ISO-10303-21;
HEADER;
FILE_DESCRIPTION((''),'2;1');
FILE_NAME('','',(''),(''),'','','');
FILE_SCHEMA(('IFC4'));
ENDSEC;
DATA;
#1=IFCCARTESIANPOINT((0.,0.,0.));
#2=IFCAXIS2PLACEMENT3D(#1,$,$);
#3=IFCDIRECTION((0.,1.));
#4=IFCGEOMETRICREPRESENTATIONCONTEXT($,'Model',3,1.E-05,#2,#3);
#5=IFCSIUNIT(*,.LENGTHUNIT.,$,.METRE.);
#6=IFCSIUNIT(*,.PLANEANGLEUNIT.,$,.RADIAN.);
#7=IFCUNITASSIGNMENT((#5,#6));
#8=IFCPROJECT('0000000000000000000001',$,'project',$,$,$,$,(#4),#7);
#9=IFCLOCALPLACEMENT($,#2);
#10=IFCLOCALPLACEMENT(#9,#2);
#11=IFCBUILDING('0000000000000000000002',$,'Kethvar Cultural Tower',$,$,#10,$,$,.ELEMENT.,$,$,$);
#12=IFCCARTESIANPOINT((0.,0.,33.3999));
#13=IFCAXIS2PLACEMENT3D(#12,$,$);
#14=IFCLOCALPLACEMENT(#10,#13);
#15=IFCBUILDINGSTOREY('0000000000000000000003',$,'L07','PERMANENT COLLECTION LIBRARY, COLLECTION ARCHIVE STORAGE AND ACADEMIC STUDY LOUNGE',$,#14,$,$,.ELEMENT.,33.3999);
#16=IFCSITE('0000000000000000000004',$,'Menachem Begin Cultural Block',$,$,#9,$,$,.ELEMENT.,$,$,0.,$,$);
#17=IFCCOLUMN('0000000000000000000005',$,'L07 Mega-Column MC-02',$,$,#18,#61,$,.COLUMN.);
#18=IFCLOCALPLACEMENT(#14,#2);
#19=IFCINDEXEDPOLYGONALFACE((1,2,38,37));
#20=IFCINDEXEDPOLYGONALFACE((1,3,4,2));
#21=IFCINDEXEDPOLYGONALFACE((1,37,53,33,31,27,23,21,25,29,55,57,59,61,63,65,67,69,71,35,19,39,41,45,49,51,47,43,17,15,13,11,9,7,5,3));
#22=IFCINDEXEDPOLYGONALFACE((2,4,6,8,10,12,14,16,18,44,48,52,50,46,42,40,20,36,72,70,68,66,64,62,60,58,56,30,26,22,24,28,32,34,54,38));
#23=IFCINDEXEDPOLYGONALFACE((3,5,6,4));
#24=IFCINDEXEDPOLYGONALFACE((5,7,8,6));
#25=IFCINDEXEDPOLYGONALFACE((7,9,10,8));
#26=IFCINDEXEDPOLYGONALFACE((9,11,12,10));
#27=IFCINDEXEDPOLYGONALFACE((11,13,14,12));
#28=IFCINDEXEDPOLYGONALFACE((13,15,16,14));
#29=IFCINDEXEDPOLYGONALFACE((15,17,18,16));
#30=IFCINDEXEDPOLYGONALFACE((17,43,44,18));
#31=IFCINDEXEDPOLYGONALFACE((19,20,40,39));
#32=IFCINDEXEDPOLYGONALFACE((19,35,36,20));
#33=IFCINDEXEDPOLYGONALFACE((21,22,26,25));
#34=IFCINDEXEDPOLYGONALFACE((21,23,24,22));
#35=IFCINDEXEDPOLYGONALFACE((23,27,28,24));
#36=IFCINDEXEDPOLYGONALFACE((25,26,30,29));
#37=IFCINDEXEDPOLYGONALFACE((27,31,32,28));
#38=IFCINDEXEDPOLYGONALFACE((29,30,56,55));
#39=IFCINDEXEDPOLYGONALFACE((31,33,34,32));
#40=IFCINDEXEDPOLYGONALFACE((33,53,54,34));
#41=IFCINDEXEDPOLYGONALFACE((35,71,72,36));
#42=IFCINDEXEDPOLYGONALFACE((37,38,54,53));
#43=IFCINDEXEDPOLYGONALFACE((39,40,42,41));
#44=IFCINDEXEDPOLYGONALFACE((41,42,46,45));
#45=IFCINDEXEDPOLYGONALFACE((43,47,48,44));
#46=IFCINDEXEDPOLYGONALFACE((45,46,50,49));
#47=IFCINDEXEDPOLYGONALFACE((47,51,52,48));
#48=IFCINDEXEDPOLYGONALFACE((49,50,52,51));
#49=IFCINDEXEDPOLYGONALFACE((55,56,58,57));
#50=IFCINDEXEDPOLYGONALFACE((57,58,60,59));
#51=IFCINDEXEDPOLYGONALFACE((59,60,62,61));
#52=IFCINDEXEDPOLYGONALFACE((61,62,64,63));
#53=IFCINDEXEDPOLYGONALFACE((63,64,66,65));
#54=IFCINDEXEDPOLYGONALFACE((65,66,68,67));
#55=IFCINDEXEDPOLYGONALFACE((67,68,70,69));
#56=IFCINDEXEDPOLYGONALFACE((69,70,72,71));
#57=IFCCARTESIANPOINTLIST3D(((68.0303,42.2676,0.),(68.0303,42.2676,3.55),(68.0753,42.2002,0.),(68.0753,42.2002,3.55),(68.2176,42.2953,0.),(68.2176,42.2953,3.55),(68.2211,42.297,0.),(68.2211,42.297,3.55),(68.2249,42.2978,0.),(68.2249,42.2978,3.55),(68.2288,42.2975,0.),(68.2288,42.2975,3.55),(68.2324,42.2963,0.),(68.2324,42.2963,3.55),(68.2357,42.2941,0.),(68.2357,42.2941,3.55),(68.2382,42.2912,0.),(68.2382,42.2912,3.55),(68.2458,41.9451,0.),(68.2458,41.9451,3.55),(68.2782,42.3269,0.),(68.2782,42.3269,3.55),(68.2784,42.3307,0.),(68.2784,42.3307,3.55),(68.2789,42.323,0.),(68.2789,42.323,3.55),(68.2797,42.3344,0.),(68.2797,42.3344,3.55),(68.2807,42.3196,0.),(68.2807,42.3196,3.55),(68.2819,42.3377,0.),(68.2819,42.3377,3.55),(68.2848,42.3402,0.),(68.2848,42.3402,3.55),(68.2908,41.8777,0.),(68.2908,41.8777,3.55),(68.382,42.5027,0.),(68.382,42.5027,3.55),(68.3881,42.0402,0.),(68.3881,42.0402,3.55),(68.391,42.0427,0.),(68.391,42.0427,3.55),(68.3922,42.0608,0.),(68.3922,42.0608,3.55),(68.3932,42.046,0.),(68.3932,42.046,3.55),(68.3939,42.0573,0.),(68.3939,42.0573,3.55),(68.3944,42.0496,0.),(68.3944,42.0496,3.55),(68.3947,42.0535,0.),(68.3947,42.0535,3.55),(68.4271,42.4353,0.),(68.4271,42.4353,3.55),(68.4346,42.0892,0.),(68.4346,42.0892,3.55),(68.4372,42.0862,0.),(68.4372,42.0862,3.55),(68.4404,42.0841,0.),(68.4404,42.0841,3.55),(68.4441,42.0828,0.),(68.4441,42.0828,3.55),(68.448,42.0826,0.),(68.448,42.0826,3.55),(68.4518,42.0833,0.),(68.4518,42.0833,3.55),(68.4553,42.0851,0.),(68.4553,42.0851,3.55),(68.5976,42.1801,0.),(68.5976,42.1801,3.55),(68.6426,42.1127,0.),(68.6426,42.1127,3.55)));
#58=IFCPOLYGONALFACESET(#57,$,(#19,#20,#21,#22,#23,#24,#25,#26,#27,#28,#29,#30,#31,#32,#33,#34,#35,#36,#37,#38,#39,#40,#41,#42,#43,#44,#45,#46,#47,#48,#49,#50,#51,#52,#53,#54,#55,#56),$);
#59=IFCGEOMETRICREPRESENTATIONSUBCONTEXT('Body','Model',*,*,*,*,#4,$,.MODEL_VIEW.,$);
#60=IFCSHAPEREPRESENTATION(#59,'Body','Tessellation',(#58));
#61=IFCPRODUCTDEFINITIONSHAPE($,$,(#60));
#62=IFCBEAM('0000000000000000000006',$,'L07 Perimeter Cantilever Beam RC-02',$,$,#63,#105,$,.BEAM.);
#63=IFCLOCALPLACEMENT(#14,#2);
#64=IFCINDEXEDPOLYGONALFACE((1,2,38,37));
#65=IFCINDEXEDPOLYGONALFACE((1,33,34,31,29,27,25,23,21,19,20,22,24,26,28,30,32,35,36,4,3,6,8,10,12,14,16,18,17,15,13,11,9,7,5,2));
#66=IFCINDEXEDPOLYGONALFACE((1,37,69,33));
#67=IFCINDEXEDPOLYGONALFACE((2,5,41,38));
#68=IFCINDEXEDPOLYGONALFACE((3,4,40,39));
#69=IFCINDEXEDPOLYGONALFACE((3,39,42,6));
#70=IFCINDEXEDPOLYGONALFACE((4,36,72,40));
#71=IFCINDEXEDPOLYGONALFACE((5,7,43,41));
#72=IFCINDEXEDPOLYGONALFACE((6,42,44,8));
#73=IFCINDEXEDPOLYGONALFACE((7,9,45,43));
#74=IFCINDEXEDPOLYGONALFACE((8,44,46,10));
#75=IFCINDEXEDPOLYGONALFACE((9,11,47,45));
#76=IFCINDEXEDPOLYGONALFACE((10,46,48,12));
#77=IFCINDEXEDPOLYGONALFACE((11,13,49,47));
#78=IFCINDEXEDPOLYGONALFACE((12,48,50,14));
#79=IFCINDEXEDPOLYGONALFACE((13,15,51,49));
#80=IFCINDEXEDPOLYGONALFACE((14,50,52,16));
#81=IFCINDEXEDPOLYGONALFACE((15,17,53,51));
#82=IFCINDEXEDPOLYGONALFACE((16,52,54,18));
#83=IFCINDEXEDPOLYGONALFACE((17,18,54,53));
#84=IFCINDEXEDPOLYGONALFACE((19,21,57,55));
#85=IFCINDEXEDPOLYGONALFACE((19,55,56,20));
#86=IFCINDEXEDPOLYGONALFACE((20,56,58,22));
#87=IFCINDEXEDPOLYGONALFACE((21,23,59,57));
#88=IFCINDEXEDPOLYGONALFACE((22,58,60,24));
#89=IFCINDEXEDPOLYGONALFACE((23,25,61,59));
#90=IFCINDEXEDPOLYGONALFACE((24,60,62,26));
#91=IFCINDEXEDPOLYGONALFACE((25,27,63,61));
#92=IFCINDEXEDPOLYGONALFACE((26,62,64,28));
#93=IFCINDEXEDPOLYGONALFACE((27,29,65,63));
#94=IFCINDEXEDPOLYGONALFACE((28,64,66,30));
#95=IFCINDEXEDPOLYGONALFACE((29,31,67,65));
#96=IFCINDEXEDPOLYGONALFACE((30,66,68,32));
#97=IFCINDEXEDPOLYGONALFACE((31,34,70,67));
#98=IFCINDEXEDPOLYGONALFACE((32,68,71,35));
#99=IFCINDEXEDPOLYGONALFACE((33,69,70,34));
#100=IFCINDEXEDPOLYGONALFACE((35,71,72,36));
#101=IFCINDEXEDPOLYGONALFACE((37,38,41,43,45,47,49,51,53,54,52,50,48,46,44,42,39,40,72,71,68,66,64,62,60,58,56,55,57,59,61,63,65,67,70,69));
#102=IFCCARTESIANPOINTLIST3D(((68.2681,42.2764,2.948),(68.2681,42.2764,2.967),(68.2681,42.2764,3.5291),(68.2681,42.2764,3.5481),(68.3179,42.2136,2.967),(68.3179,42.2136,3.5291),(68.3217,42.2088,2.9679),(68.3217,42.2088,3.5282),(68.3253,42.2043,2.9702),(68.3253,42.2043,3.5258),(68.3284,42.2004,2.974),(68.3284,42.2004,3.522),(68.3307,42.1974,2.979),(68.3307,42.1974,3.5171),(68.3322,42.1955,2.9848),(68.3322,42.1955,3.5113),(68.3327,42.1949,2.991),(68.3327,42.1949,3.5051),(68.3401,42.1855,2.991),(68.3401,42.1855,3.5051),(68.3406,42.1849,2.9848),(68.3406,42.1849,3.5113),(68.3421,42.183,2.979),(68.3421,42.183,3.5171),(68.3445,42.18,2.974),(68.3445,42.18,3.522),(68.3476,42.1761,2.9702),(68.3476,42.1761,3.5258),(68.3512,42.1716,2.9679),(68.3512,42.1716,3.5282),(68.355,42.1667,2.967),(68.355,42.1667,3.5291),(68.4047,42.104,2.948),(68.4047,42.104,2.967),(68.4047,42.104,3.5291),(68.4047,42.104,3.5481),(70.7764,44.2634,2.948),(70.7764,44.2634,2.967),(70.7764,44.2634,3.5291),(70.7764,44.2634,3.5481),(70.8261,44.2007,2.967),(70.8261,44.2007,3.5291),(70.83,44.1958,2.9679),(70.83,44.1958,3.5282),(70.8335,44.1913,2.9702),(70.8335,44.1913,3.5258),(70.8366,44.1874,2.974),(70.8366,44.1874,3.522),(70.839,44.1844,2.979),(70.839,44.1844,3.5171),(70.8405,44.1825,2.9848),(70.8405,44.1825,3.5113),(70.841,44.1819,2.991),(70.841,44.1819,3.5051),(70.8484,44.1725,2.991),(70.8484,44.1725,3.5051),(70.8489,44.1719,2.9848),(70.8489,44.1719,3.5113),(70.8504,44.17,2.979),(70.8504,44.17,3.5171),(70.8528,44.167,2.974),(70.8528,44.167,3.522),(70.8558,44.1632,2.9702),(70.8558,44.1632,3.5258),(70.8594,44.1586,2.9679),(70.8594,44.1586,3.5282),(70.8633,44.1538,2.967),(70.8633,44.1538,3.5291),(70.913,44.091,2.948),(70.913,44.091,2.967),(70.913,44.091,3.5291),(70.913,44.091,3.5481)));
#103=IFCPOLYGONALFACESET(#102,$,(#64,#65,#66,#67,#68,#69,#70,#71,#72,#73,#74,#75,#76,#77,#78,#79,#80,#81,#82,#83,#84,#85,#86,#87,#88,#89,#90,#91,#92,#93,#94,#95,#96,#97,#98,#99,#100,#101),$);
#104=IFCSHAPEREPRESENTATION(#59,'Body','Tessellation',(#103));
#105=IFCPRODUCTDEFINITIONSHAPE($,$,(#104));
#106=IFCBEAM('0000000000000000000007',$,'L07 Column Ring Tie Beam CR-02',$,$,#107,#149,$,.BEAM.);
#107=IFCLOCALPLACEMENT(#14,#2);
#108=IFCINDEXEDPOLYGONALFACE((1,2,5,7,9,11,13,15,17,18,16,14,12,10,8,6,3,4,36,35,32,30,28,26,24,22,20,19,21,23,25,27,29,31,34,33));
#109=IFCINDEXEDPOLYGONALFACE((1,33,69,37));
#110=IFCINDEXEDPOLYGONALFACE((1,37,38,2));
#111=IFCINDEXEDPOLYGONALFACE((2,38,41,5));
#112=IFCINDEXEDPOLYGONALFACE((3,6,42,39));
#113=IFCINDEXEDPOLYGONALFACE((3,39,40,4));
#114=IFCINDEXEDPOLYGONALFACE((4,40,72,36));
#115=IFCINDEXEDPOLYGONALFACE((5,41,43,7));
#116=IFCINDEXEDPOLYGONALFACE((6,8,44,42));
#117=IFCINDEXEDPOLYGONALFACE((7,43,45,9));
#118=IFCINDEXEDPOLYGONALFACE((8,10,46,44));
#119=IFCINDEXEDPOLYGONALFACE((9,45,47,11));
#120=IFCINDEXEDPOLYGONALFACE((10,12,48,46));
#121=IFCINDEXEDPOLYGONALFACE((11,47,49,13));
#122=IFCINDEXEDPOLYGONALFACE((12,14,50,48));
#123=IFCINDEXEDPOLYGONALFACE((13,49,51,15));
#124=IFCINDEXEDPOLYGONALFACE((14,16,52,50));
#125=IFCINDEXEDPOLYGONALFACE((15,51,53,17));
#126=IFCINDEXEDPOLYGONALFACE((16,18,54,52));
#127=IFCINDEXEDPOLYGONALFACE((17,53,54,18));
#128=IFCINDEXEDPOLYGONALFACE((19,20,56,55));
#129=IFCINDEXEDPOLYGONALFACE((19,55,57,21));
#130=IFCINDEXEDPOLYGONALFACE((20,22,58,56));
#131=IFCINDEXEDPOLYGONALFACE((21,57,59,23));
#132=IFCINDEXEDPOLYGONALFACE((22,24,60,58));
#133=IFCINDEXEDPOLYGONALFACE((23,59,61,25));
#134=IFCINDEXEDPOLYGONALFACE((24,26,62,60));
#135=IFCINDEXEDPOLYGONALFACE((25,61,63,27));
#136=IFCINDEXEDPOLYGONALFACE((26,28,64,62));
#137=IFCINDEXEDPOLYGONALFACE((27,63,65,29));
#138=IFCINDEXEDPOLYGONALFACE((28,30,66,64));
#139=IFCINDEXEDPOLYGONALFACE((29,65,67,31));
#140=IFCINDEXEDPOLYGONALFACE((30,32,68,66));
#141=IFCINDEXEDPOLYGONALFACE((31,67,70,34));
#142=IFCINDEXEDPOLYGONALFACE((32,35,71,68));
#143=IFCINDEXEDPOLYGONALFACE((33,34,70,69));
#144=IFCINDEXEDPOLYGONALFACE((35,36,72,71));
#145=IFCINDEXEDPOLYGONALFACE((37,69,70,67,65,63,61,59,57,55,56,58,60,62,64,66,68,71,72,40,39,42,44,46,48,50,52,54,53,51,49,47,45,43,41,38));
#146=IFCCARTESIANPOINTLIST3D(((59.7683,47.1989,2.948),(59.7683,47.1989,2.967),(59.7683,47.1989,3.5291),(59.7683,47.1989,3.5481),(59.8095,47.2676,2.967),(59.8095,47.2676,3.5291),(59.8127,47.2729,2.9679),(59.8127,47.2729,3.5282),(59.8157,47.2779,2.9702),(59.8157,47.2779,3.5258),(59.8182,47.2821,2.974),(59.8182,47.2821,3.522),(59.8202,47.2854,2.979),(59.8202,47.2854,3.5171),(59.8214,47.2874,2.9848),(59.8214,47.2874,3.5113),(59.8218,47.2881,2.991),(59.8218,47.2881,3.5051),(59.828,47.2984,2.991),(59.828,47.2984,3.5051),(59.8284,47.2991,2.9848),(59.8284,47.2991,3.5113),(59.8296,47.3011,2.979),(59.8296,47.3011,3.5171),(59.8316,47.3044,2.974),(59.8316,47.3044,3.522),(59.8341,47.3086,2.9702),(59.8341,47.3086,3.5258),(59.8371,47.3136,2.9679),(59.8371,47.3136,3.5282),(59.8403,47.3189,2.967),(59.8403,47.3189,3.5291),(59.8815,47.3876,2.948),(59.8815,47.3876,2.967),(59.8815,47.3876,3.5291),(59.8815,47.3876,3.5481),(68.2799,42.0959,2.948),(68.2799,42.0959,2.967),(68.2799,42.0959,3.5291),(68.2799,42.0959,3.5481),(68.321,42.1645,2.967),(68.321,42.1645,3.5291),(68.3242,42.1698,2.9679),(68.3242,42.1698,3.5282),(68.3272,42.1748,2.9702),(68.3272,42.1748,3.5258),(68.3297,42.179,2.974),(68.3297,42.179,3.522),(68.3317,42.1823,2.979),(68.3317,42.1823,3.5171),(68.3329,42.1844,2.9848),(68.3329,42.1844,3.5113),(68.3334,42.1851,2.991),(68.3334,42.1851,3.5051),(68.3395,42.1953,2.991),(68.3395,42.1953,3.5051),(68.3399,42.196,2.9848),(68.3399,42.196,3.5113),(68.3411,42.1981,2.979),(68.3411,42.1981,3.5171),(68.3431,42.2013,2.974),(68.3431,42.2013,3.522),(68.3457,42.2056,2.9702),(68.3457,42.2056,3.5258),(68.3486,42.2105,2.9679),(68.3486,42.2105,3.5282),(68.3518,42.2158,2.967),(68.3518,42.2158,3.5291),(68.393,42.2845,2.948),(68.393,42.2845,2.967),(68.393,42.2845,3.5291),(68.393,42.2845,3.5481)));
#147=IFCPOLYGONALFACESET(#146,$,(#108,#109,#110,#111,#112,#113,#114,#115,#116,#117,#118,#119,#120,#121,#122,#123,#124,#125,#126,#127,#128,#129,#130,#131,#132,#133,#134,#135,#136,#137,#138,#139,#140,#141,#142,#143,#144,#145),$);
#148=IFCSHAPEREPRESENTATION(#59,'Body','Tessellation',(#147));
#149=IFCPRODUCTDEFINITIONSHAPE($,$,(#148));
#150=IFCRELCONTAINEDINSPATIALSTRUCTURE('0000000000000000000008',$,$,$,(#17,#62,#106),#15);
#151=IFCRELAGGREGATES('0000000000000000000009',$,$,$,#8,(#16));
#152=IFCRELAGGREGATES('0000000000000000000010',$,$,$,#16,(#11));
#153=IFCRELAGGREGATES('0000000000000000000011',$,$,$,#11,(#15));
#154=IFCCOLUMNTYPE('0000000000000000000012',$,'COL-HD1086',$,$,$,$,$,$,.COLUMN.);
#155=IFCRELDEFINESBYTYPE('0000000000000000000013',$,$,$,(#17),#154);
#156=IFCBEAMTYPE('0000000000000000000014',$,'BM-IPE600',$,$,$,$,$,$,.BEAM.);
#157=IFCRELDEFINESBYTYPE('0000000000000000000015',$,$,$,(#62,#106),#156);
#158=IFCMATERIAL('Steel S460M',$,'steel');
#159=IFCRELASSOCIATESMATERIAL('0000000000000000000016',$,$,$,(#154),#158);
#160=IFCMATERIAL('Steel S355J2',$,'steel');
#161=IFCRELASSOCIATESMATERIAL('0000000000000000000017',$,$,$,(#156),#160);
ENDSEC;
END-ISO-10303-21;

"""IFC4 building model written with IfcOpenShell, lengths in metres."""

from ifc_helpers import new_model, si_unit, direction, frame, origin, origin_2d, place, context, subcontext, project, spatial, i_section, extrude, source, transform, mapped, material, material_profile, profile_set, type_object, element, save


model = new_model("IFC4")

# Units and contexts
model_context = context("Model", 3, precision=1e-05, world=origin(), true_north=direction((0.0, 1.0)))
body_context = subcontext(model_context, "Body", "Model", "MODEL_VIEW")
ifc_project = project(units=[si_unit("LENGTHUNIT", "METRE"), si_unit("PLANEANGLEUNIT", "RADIAN")], contexts=[model_context])

# Site, building, storey
site_placement = place(None, origin())
site = spatial("IfcSite", under=ifc_project, at=site_placement, Name="Menachem Begin Cultural Block", CompositionType="ELEMENT", RefElevation=0.0)
building_placement = place(site_placement, origin())
building = spatial("IfcBuilding", under=site, at=building_placement, Name="Kethvar Cultural Tower", CompositionType="ELEMENT")
storey_placement = place(building_placement, frame((0.0, 0.0, 33.3999)))
storey = spatial("IfcBuildingStorey", under=building, at=storey_placement, Name="L07", Description="PERMANENT COLLECTION LIBRARY, COLLECTION ARCHIVE STORAGE AND ACADEMIC STUDY LOUNGE", CompositionType="ELEMENT", Elevation=33.3999)

# Column
ifc_material_1 = material(Name="Steel S460M", Category="steel")
ifc_material_profile_1 = material_profile(ifc_material_1, i_section(OverallWidth=0.4231, OverallDepth=0.469, WebThickness=0.051, FlangeThickness=0.0811, FilletRadius=0.0149, at=origin_2d()), Name="Steel S460M — HD400x1086")
ifc_profile_set_1 = profile_set([ifc_material_profile_1], Name="Steel S460M — HD400x1086")
column_type = type_object("IfcColumnType", Name="COL-HD1086", PredefinedType="COLUMN", material=ifc_profile_set_1)
shared_shape_1 = source(origin(), body_context, "Body", "SweptSolid", [
    extrude(i_section(OverallWidth=0.4231, OverallDepth=0.469, WebThickness=0.051, FlangeThickness=0.0811, FilletRadius=0.0149, at=origin_2d()), origin(), (0.0, 0.0, 1.0), 3.55),
])
column_placement = place(storey_placement, frame((68.3364, 42.1902, 0.0), z_axis=(0.0, 0.0, 1.0), x_axis=(0.83147, 0.55557, 0.0)))
element("IfcColumn", 1, at=column_placement, inside=storey, type_object=column_type, Name="L07 Mega-Column MC-02", PredefinedType="COLUMN", context=body_context, shape_type="MappedRepresentation", body=[
    mapped(shared_shape_1, transform((0.0, 0.0, 0.0), scale=1.0)),
])

# Beams
ifc_material_2 = material(Name="Steel S355J2", Category="steel")
ifc_material_profile_2 = material_profile(ifc_material_2, i_section(OverallWidth=0.22, OverallDepth=0.6001, WebThickness=0.012, FlangeThickness=0.019, FilletRadius=0.0239, at=origin_2d()), Name="Steel S355J2 — IPE600")
ifc_profile_set_2 = profile_set([ifc_material_profile_2], Name="Steel S355J2 — IPE600")
beam_type_1 = type_object("IfcBeamType", Name="BM-IPE600", PredefinedType="BEAM", material=ifc_profile_set_2)
shared_shape_2 = source(origin(), body_context, "Body", "SweptSolid", [
    extrude(i_section(OverallWidth=0.22, OverallDepth=0.6001, WebThickness=0.012, FlangeThickness=0.019, FilletRadius=0.0239, at=origin_2d()), origin(), (0.0, 0.0, 1.0), 3.2),
])
beam_1_placement = place(storey_placement, frame((68.3364, 42.1902, 3.248), z_axis=(0.783845, 0.620957, 0.0), x_axis=(-0.620957, 0.783845, 0.0)))
element("IfcBeam", 2, at=beam_1_placement, inside=storey, type_object=beam_type_1, Name="L07 Perimeter Cantilever Beam RC-02", PredefinedType="BEAM", context=body_context, shape_type="MappedRepresentation", body=[
    mapped(shared_shape_2, transform((0.0, 0.0, 0.0), scale=1.0)),
])
shared_shape_3 = source(origin(), body_context, "Body", "SweptSolid", [
    extrude(i_section(OverallWidth=0.22, OverallDepth=0.6001, WebThickness=0.012, FlangeThickness=0.019, FilletRadius=0.0239, at=origin_2d()), origin(), (0.0, 0.0, 1.0), 9.9241),
])
beam_2_placement = place(storey_placement, frame((68.3364, 42.1902, 3.248), z_axis=(-0.857664, 0.51421, 0.0), x_axis=(-0.51421, -0.857664, 0.0)))
element("IfcBeam", 3, at=beam_2_placement, inside=storey, type_object=beam_type_1, Name="L07 Column Ring Tie Beam CR-02", PredefinedType="BEAM", context=body_context, shape_type="MappedRepresentation", body=[
    mapped(shared_shape_3, transform((0.0, 0.0, 0.0), scale=1.0)),
])

save(model, "model.ifc")
